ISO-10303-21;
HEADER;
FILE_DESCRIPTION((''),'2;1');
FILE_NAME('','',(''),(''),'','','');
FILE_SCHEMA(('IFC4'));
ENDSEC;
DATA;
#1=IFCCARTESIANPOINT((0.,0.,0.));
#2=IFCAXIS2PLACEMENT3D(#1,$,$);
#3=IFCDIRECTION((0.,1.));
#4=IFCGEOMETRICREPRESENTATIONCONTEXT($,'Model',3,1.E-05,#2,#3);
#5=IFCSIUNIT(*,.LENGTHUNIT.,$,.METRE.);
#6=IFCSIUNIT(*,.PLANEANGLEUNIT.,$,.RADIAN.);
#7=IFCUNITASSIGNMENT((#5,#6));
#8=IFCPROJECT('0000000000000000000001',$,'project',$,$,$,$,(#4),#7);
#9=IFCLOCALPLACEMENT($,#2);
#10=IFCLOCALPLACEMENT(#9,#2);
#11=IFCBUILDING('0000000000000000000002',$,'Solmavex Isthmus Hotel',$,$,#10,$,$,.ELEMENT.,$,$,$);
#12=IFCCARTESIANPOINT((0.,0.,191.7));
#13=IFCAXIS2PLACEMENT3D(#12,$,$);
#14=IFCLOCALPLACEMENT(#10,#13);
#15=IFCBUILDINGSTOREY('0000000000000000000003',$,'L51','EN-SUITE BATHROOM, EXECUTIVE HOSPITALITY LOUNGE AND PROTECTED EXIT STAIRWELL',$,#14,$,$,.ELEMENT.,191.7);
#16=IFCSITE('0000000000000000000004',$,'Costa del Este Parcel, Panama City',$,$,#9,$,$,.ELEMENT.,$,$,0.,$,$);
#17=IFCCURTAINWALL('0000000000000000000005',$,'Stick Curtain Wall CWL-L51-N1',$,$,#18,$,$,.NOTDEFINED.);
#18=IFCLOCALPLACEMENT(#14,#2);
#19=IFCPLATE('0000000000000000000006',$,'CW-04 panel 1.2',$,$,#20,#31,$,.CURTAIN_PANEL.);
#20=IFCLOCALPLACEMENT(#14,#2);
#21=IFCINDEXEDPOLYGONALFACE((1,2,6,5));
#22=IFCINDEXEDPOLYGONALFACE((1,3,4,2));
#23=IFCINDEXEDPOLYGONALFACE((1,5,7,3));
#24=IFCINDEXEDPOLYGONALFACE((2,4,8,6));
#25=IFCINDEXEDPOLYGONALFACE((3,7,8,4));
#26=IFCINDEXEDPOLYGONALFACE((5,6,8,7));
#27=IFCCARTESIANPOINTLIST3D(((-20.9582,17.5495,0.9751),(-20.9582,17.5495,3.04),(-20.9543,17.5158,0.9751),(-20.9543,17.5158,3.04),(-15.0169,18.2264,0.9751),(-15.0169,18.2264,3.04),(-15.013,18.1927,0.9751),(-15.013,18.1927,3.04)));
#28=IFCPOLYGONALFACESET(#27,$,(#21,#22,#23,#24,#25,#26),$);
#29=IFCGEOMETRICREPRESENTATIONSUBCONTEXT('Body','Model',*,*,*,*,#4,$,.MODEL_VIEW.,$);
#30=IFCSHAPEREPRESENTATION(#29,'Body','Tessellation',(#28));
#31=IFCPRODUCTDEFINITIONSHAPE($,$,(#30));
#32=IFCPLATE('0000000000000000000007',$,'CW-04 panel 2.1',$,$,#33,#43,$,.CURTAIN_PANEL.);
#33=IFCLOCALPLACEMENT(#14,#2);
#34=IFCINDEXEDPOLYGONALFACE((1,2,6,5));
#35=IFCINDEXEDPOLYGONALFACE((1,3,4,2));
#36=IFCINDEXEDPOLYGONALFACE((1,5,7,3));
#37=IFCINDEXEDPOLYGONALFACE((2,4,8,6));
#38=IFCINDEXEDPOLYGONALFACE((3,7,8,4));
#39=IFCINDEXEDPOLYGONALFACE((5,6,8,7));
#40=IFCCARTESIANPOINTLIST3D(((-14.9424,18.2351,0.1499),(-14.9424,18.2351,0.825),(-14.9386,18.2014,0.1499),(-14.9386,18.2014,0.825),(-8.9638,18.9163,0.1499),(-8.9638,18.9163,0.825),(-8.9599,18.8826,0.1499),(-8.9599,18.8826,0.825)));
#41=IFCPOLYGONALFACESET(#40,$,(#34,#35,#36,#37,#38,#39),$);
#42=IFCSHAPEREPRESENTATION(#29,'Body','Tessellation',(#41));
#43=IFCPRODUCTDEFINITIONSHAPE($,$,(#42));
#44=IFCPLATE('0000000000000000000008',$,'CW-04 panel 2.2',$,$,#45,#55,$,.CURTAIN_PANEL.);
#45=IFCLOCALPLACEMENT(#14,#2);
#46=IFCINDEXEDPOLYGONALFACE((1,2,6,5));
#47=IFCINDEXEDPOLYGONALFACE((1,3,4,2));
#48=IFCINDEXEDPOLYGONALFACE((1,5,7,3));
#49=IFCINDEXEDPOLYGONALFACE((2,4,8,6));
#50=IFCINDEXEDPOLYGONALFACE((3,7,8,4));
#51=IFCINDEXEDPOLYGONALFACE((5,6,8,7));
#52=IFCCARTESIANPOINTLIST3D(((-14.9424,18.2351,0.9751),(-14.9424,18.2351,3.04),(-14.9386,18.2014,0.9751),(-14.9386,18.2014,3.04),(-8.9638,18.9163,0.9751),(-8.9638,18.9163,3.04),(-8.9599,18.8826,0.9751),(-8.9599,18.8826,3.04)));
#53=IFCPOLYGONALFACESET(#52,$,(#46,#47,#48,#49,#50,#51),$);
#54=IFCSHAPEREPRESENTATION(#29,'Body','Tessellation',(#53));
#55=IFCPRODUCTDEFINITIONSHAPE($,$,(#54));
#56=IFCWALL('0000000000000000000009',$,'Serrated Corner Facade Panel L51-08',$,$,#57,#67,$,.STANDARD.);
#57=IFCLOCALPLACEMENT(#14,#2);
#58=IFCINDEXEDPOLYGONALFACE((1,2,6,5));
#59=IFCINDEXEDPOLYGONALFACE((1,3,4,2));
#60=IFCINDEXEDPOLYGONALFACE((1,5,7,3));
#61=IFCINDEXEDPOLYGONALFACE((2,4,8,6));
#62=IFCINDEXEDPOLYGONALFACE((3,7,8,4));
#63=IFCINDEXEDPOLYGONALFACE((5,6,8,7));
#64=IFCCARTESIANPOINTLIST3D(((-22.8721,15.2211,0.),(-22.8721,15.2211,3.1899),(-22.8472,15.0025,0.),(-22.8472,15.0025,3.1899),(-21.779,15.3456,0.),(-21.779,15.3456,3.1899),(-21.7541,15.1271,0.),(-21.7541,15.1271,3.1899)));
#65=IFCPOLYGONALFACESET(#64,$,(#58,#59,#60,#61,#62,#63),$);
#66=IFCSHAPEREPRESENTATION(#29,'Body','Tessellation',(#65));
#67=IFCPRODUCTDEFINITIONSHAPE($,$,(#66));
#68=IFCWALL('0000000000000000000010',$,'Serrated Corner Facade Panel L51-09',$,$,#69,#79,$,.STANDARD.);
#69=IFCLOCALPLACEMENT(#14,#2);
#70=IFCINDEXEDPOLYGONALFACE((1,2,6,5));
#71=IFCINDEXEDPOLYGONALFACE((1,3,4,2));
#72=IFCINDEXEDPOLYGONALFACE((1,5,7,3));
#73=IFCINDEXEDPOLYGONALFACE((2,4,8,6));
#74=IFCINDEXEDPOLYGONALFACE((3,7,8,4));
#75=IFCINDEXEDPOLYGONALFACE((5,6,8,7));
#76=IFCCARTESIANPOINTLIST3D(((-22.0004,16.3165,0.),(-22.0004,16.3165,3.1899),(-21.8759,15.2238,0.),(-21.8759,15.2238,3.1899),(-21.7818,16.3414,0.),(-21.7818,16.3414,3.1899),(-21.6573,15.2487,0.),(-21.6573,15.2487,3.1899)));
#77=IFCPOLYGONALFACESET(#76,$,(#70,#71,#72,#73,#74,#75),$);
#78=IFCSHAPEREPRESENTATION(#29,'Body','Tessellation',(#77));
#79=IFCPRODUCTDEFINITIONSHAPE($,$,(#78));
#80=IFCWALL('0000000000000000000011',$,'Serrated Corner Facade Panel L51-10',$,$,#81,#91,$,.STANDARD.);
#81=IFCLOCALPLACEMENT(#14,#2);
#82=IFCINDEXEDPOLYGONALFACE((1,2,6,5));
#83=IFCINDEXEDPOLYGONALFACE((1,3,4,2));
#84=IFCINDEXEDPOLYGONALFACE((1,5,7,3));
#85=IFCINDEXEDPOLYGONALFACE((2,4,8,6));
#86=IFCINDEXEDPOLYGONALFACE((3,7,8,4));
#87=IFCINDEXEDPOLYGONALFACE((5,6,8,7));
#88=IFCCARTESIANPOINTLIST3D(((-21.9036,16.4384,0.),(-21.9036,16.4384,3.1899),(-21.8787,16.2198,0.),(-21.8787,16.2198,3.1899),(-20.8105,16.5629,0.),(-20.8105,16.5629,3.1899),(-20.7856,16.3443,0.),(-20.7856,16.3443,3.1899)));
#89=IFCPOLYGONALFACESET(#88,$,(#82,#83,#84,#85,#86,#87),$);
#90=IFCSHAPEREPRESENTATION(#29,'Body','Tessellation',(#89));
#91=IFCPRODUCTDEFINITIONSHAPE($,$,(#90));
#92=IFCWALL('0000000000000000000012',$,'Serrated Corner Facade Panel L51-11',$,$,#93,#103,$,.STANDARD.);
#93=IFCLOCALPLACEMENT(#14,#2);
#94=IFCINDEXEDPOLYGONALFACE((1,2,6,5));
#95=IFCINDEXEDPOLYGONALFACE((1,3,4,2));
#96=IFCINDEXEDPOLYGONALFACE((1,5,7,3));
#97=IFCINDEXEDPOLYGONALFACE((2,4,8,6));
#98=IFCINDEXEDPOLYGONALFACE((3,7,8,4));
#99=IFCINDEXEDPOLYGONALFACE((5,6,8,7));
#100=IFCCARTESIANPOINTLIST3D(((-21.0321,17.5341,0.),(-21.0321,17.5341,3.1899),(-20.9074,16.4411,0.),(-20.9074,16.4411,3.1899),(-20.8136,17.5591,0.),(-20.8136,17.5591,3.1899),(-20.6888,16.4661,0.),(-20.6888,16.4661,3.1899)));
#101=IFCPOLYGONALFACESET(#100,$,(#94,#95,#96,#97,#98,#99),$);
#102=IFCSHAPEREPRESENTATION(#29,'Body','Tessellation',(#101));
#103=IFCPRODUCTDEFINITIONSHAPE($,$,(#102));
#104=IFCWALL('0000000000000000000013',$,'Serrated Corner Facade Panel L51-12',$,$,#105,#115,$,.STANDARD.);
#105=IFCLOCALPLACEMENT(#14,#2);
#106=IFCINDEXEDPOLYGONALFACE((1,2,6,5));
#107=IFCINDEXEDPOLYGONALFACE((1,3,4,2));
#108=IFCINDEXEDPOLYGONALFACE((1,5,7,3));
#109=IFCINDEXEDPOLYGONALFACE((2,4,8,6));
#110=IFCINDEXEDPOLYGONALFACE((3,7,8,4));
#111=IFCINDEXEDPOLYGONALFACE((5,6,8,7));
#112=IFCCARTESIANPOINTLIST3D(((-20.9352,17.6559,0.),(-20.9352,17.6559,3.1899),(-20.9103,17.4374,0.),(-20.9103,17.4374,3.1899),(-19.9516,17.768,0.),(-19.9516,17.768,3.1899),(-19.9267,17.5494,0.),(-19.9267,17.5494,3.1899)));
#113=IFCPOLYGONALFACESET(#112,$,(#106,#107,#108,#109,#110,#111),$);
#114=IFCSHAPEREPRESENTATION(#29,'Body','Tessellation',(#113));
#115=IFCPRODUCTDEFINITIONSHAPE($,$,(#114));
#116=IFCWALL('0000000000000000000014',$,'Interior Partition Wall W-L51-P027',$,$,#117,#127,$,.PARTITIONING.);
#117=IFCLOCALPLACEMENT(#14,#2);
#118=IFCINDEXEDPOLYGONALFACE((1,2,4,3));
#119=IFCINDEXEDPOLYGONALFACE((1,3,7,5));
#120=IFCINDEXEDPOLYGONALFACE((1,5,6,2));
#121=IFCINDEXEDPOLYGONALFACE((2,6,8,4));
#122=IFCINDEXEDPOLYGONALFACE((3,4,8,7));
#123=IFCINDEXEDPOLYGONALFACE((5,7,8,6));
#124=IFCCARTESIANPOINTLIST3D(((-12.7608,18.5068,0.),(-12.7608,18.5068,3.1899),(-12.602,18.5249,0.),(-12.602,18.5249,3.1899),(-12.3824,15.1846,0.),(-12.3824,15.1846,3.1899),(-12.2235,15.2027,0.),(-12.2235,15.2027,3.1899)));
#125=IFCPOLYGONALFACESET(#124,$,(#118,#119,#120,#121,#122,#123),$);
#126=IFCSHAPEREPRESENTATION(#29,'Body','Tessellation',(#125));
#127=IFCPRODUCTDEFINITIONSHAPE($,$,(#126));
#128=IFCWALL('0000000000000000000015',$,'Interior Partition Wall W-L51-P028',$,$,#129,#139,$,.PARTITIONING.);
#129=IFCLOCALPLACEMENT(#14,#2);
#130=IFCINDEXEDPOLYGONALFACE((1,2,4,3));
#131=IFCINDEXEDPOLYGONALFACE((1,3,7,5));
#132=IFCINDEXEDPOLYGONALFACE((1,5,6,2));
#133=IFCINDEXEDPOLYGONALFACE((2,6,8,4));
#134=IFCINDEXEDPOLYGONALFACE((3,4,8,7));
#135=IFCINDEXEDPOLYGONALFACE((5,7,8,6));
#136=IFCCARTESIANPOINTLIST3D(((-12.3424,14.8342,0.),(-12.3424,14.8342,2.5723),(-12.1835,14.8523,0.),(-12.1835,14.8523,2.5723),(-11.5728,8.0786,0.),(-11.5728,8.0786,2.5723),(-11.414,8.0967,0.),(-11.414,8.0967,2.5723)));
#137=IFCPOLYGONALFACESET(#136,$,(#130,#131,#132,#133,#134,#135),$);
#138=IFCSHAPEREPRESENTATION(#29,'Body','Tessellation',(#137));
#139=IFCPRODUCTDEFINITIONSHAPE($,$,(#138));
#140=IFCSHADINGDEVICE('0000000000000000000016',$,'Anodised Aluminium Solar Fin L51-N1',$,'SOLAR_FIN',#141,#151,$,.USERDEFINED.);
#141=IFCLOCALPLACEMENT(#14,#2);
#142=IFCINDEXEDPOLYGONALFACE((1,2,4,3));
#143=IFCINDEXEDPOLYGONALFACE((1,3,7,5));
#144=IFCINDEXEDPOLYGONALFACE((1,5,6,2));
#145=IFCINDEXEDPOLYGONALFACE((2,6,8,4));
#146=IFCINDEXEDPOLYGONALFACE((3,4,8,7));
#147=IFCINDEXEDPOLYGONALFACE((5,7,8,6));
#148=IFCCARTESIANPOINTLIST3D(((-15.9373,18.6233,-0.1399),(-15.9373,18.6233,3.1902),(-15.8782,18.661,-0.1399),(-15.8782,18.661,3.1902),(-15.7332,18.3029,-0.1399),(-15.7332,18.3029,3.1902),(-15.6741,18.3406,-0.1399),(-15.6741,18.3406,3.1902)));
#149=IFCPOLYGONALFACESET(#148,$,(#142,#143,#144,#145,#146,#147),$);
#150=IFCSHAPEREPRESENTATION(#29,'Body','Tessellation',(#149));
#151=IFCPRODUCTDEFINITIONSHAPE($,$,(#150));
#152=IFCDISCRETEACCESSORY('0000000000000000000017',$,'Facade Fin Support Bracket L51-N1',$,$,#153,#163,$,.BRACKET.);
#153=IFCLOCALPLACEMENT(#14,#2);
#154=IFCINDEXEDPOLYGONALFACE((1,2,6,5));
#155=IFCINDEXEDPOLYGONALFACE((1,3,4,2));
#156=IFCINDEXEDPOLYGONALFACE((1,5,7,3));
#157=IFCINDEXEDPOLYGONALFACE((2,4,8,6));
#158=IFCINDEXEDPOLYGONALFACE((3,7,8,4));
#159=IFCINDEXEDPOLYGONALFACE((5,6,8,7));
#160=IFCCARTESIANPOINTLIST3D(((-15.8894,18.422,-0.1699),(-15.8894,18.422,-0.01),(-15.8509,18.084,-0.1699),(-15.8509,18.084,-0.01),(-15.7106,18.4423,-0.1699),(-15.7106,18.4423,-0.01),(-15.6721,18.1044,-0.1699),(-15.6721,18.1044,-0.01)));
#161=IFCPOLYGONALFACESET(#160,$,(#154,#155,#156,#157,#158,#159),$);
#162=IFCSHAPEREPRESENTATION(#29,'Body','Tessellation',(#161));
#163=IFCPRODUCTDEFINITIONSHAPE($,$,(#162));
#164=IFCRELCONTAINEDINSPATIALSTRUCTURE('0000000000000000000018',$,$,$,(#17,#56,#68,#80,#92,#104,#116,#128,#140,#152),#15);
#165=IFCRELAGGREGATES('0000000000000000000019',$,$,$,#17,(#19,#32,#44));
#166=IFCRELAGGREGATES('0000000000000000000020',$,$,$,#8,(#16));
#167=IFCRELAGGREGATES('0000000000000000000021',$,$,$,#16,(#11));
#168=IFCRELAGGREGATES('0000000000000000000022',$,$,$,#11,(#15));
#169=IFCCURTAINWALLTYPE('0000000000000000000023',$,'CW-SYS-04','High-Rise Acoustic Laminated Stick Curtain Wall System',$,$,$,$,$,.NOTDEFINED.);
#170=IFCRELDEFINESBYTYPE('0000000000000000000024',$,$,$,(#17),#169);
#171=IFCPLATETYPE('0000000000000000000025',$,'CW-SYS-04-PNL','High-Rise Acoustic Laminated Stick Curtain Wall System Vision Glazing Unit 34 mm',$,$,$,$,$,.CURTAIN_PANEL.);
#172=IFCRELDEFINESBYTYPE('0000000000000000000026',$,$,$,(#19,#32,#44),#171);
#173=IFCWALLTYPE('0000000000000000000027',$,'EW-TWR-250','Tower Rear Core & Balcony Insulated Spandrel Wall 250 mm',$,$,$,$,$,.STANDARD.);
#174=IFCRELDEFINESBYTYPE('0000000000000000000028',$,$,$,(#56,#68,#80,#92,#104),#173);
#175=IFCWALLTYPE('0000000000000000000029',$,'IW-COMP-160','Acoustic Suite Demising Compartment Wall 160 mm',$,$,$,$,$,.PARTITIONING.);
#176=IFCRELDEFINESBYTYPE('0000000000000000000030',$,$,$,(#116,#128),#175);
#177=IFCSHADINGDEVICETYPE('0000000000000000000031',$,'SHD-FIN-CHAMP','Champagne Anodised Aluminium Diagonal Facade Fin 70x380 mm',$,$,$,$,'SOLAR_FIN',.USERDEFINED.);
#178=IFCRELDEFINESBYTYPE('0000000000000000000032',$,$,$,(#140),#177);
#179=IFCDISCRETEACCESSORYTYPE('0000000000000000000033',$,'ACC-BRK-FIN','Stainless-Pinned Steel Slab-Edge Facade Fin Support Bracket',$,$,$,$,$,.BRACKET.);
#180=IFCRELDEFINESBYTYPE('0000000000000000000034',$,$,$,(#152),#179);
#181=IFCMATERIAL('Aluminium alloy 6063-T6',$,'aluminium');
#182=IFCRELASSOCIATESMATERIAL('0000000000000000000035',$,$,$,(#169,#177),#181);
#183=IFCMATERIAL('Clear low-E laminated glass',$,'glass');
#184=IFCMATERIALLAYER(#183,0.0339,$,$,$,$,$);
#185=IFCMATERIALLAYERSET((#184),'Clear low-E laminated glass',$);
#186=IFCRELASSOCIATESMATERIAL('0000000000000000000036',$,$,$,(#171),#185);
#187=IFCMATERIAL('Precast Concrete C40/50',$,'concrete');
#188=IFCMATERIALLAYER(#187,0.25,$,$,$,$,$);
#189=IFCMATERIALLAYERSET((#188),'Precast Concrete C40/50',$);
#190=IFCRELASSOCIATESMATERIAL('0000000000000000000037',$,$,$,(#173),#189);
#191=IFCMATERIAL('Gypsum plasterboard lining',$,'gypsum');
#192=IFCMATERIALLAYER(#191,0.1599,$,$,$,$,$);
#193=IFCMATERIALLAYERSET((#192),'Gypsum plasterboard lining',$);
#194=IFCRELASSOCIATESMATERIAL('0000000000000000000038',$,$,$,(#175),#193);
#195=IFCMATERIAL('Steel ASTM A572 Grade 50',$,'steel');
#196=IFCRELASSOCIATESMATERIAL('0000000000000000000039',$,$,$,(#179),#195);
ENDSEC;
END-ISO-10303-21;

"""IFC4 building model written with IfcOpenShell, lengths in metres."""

from ifc_helpers import new_model, si_unit, direction, frame, frame_2d, origin, origin_2d, place, context, subcontext, project, spatial, rectangle, extrude, material, layer, layer_set, type_object, element, aggregate, save


model = new_model("IFC4")

# Units and contexts
model_context = context("Model", 3, precision=1e-05, world=origin(), true_north=direction((0.0, 1.0)))
body_context = subcontext(model_context, "Body", "Model", "MODEL_VIEW")
ifc_project = project(units=[si_unit("LENGTHUNIT", "METRE"), si_unit("PLANEANGLEUNIT", "RADIAN")], contexts=[model_context])

# Site, building, storey
site_placement = place(None, origin())
site = spatial("IfcSite", under=ifc_project, at=site_placement, Name="Costa del Este Parcel, Panama City", CompositionType="ELEMENT", RefElevation=0.0)
building_placement = place(site_placement, origin())
building = spatial("IfcBuilding", under=site, at=building_placement, Name="Solmavex Isthmus Hotel", CompositionType="ELEMENT")
storey_placement = place(building_placement, frame((0.0, 0.0, 191.7)))
storey = spatial("IfcBuildingStorey", under=building, at=storey_placement, Name="L51", Description="EN-SUITE BATHROOM, EXECUTIVE HOSPITALITY LOUNGE AND PROTECTED EXIT STAIRWELL", CompositionType="ELEMENT", Elevation=191.7)

# Shared definitions
ifc_material_1 = material(Name="Steel ASTM A572 Grade 50", Category="steel")

# Curtain wall
ifc_material_2 = material(Name="Aluminium alloy 6063-T6", Category="aluminium")
curtain_wall_type = type_object("IfcCurtainWallType", Name="CW-SYS-04", Description="High-Rise Acoustic Laminated Stick Curtain Wall System", PredefinedType="NOTDEFINED", material=ifc_material_2)
curtain_wall_1_placement = place(storey_placement, origin())
curtain_wall_1 = element("IfcCurtainWall", 1, at=curtain_wall_1_placement, inside=storey, type_object=curtain_wall_type, Name="Stick Curtain Wall CWL-L51-N1", PredefinedType="NOTDEFINED")

# Plates
ifc_material_3 = material(Name="Clear low-E laminated glass", Category="glass")
ifc_layer_1 = layer(ifc_material_3, 0.0339)
ifc_layer_set_1 = layer_set([ifc_layer_1], Name="Clear low-E laminated glass")
plate_type = type_object("IfcPlateType", Name="CW-SYS-04-PNL", Description="High-Rise Acoustic Laminated Stick Curtain Wall System Vision Glazing Unit 34 mm", PredefinedType="CURTAIN_PANEL", material=ifc_layer_set_1)
plate_1_placement = place(storey_placement, frame((-17.9856, 17.8711, 0.9751), z_axis=(0.0, 0.0, 1.0), x_axis=(0.993572, 0.113203, 0.0)))
plate_1 = element("IfcPlate", 2, at=plate_1_placement, type_object=plate_type, Name="CW-04 panel 1.2", PredefinedType="CURTAIN_PANEL", context=body_context, shape_type="SweptSolid", body=[
    extrude(rectangle(XDim=5.9797, YDim=0.0339, at=origin_2d()), origin(), (0.0, 0.0, 1.0), 2.0649),
])
plate_2_placement = place(storey_placement, frame((-11.9512, 18.5588, 0.1499), z_axis=(0.0, 0.0, 1.0), x_axis=(0.993572, 0.113203, 0.0)))
plate_2 = element("IfcPlate", 3, at=plate_2_placement, type_object=plate_type, Name="CW-04 panel 2.1", PredefinedType="CURTAIN_PANEL", context=body_context, shape_type="SweptSolid", body=[
    extrude(rectangle(XDim=6.0173, YDim=0.0339, at=origin_2d()), origin(), (0.0, 0.0, 1.0), 0.675),
])
plate_3_placement = place(storey_placement, frame((-11.9512, 18.5588, 0.9751), z_axis=(0.0, 0.0, 1.0), x_axis=(0.993572, 0.113203, 0.0)))
plate_3 = element("IfcPlate", 4, at=plate_3_placement, type_object=plate_type, Name="CW-04 panel 2.2", PredefinedType="CURTAIN_PANEL", context=body_context, shape_type="SweptSolid", body=[
    extrude(rectangle(XDim=6.0173, YDim=0.0339, at=origin_2d()), origin(), (0.0, 0.0, 1.0), 2.0649),
])
aggregate(curtain_wall_1, [plate_1, plate_2, plate_3])

# Walls
ifc_material_4 = material(Name="Precast Concrete C40/50", Category="concrete")
ifc_layer_2 = layer(ifc_material_4, 0.25)
ifc_layer_set_2 = layer_set([ifc_layer_2], Name="Precast Concrete C40/50")
wall_type_1 = type_object("IfcWallType", Name="EW-TWR-250", Description="Tower Rear Core & Balcony Insulated Spandrel Wall 250 mm", PredefinedType="STANDARD", material=ifc_layer_set_2)
wall_1_placement = place(storey_placement, frame((-22.8596, 15.1118, 0.0), z_axis=(0.0, 0.0, 1.0), x_axis=(0.993574, 0.113184, 0.0)))
element("IfcWall", 5, at=wall_1_placement, inside=storey, type_object=wall_type_1, Name="Serrated Corner Facade Panel L51-08", PredefinedType="STANDARD", context=body_context, shape_type="SweptSolid", body=[
    extrude(rectangle(XDim=1.1001, YDim=0.22, at=frame_2d((0.55, 0.0))), origin(), (0.0, 0.0, 1.0), 3.1899),
])
wall_2_placement = place(storey_placement, frame((-21.7666, 15.2363, 0.0), z_axis=(0.0, 0.0, 1.0), x_axis=(-0.113209, 0.993571, 0.0)))
element("IfcWall", 6, at=wall_2_placement, inside=storey, type_object=wall_type_1, Name="Serrated Corner Facade Panel L51-09", PredefinedType="STANDARD", context=body_context, shape_type="SweptSolid", body=[
    extrude(rectangle(XDim=1.0999, YDim=0.22, at=frame_2d((0.5498, 0.0))), origin(), (0.0, 0.0, 1.0), 3.1899),
])
for number, where, z_axis, x_axis, name in (
    (7, (-21.8911, 16.3291, 0.0), (0.0, 0.0, 1.0), (0.993574, 0.113184, 0.0), "Serrated Corner Facade Panel L51-10"),
    (8, (-20.7981, 16.4536, 0.0), (0.0, 0.0, 1.0), (-0.113403, 0.993549, 0.0), "Serrated Corner Facade Panel L51-11"),
):
    element("IfcWall", number, at=place(storey_placement, frame(where, z_axis=z_axis, x_axis=x_axis)), inside=storey, type_object=wall_type_1, Name=name, PredefinedType="STANDARD", context=body_context, shape_type="SweptSolid", body=[
        extrude(rectangle(XDim=1.1001, YDim=0.22, at=frame_2d((0.55, 0.0))), origin(), (0.0, 0.0, 1.0), 3.1899),
    ])
wall_3_placement = place(storey_placement, frame((-20.9229, 17.5466, 0.0), z_axis=(0.0, 0.0, 1.0), x_axis=(0.993573, 0.113192, 0.0)))
element("IfcWall", 9, at=wall_3_placement, inside=storey, type_object=wall_type_1, Name="Serrated Corner Facade Panel L51-12", PredefinedType="STANDARD", context=body_context, shape_type="SweptSolid", body=[
    extrude(rectangle(XDim=0.99, YDim=0.22, at=frame_2d((0.4951, 0.0))), origin(), (0.0, 0.0, 1.0), 3.1899),
])
ifc_material_5 = material(Name="Gypsum plasterboard lining", Category="gypsum")
ifc_layer_3 = layer(ifc_material_5, 0.1599)
ifc_layer_set_3 = layer_set([ifc_layer_3], Name="Gypsum plasterboard lining")
wall_type_2 = type_object("IfcWallType", Name="IW-COMP-160", Description="Acoustic Suite Demising Compartment Wall 160 mm", PredefinedType="PARTITIONING", material=ifc_layer_set_3)
wall_4_placement = place(storey_placement, frame((-12.6814, 18.5159, 0.0), z_axis=(0.0, 0.0, 1.0), x_axis=(0.113172, -0.993575, 0.0)))
element("IfcWall", 10, at=wall_4_placement, inside=storey, type_object=wall_type_2, Name="Interior Partition Wall W-L51-P027", PredefinedType="PARTITIONING", context=body_context, shape_type="SweptSolid", body=[
    extrude(rectangle(XDim=3.3438, YDim=0.1599, at=frame_2d((1.6719, 0.0))), origin(), (0.0, 0.0, 1.0), 3.1899),
])
wall_5_placement = place(storey_placement, frame((-12.2629, 14.8433, 0.0), z_axis=(0.0, 0.0, 1.0), x_axis=(0.113178, -0.993575, 0.0)))
element("IfcWall", 11, at=wall_5_placement, inside=storey, type_object=wall_type_2, Name="Interior Partition Wall W-L51-P028", PredefinedType="PARTITIONING", context=body_context, shape_type="SweptSolid", body=[
    extrude(rectangle(XDim=6.7993, YDim=0.1599, at=frame_2d((3.3997, 0.0))), origin(), (0.0, 0.0, 1.0), 2.5723),
])

# Shading device
shading_device_type = type_object("IfcShadingDeviceType", Name="SHD-FIN-CHAMP", Description="Champagne Anodised Aluminium Diagonal Facade Fin 70x380 mm", ElementType="SOLAR_FIN", PredefinedType="USERDEFINED", material=ifc_material_2)
shading_device_placement = place(storey_placement, frame((-15.8057, 18.4819, -0.1399), z_axis=(0.0, 0.0, 1.0), x_axis=(-0.5373, 0.843391, 0.0)))
element("IfcShadingDevice", 12, at=shading_device_placement, inside=storey, type_object=shading_device_type, Name="Anodised Aluminium Solar Fin L51-N1", ObjectType="SOLAR_FIN", PredefinedType="USERDEFINED", context=body_context, shape_type="SweptSolid", body=[
    extrude(rectangle(XDim=0.3799, YDim=0.0701, at=origin_2d()), origin(), (0.0, 0.0, 1.0), 3.3301),
])

# Discrete accessory
discrete_accessory_type = type_object("IfcDiscreteAccessoryType", Name="ACC-BRK-FIN", Description="Stainless-Pinned Steel Slab-Edge Facade Fin Support Bracket", PredefinedType="BRACKET", material=ifc_material_1)
discrete_accessory_placement = place(storey_placement, frame((-15.7808, 18.2632, -0.1699), z_axis=(0.0, 0.0, 1.0), x_axis=(-0.113203, 0.993572, 0.0)))
element("IfcDiscreteAccessory", 13, at=discrete_accessory_placement, inside=storey, type_object=discrete_accessory_type, Name="Facade Fin Support Bracket L51-N1", PredefinedType="BRACKET", context=body_context, shape_type="SweptSolid", body=[
    extrude(rectangle(XDim=0.3401, YDim=0.1799, at=origin_2d()), origin(), (0.0, 0.0, 1.0), 0.1599),
])

save(model, "model.ifc")
